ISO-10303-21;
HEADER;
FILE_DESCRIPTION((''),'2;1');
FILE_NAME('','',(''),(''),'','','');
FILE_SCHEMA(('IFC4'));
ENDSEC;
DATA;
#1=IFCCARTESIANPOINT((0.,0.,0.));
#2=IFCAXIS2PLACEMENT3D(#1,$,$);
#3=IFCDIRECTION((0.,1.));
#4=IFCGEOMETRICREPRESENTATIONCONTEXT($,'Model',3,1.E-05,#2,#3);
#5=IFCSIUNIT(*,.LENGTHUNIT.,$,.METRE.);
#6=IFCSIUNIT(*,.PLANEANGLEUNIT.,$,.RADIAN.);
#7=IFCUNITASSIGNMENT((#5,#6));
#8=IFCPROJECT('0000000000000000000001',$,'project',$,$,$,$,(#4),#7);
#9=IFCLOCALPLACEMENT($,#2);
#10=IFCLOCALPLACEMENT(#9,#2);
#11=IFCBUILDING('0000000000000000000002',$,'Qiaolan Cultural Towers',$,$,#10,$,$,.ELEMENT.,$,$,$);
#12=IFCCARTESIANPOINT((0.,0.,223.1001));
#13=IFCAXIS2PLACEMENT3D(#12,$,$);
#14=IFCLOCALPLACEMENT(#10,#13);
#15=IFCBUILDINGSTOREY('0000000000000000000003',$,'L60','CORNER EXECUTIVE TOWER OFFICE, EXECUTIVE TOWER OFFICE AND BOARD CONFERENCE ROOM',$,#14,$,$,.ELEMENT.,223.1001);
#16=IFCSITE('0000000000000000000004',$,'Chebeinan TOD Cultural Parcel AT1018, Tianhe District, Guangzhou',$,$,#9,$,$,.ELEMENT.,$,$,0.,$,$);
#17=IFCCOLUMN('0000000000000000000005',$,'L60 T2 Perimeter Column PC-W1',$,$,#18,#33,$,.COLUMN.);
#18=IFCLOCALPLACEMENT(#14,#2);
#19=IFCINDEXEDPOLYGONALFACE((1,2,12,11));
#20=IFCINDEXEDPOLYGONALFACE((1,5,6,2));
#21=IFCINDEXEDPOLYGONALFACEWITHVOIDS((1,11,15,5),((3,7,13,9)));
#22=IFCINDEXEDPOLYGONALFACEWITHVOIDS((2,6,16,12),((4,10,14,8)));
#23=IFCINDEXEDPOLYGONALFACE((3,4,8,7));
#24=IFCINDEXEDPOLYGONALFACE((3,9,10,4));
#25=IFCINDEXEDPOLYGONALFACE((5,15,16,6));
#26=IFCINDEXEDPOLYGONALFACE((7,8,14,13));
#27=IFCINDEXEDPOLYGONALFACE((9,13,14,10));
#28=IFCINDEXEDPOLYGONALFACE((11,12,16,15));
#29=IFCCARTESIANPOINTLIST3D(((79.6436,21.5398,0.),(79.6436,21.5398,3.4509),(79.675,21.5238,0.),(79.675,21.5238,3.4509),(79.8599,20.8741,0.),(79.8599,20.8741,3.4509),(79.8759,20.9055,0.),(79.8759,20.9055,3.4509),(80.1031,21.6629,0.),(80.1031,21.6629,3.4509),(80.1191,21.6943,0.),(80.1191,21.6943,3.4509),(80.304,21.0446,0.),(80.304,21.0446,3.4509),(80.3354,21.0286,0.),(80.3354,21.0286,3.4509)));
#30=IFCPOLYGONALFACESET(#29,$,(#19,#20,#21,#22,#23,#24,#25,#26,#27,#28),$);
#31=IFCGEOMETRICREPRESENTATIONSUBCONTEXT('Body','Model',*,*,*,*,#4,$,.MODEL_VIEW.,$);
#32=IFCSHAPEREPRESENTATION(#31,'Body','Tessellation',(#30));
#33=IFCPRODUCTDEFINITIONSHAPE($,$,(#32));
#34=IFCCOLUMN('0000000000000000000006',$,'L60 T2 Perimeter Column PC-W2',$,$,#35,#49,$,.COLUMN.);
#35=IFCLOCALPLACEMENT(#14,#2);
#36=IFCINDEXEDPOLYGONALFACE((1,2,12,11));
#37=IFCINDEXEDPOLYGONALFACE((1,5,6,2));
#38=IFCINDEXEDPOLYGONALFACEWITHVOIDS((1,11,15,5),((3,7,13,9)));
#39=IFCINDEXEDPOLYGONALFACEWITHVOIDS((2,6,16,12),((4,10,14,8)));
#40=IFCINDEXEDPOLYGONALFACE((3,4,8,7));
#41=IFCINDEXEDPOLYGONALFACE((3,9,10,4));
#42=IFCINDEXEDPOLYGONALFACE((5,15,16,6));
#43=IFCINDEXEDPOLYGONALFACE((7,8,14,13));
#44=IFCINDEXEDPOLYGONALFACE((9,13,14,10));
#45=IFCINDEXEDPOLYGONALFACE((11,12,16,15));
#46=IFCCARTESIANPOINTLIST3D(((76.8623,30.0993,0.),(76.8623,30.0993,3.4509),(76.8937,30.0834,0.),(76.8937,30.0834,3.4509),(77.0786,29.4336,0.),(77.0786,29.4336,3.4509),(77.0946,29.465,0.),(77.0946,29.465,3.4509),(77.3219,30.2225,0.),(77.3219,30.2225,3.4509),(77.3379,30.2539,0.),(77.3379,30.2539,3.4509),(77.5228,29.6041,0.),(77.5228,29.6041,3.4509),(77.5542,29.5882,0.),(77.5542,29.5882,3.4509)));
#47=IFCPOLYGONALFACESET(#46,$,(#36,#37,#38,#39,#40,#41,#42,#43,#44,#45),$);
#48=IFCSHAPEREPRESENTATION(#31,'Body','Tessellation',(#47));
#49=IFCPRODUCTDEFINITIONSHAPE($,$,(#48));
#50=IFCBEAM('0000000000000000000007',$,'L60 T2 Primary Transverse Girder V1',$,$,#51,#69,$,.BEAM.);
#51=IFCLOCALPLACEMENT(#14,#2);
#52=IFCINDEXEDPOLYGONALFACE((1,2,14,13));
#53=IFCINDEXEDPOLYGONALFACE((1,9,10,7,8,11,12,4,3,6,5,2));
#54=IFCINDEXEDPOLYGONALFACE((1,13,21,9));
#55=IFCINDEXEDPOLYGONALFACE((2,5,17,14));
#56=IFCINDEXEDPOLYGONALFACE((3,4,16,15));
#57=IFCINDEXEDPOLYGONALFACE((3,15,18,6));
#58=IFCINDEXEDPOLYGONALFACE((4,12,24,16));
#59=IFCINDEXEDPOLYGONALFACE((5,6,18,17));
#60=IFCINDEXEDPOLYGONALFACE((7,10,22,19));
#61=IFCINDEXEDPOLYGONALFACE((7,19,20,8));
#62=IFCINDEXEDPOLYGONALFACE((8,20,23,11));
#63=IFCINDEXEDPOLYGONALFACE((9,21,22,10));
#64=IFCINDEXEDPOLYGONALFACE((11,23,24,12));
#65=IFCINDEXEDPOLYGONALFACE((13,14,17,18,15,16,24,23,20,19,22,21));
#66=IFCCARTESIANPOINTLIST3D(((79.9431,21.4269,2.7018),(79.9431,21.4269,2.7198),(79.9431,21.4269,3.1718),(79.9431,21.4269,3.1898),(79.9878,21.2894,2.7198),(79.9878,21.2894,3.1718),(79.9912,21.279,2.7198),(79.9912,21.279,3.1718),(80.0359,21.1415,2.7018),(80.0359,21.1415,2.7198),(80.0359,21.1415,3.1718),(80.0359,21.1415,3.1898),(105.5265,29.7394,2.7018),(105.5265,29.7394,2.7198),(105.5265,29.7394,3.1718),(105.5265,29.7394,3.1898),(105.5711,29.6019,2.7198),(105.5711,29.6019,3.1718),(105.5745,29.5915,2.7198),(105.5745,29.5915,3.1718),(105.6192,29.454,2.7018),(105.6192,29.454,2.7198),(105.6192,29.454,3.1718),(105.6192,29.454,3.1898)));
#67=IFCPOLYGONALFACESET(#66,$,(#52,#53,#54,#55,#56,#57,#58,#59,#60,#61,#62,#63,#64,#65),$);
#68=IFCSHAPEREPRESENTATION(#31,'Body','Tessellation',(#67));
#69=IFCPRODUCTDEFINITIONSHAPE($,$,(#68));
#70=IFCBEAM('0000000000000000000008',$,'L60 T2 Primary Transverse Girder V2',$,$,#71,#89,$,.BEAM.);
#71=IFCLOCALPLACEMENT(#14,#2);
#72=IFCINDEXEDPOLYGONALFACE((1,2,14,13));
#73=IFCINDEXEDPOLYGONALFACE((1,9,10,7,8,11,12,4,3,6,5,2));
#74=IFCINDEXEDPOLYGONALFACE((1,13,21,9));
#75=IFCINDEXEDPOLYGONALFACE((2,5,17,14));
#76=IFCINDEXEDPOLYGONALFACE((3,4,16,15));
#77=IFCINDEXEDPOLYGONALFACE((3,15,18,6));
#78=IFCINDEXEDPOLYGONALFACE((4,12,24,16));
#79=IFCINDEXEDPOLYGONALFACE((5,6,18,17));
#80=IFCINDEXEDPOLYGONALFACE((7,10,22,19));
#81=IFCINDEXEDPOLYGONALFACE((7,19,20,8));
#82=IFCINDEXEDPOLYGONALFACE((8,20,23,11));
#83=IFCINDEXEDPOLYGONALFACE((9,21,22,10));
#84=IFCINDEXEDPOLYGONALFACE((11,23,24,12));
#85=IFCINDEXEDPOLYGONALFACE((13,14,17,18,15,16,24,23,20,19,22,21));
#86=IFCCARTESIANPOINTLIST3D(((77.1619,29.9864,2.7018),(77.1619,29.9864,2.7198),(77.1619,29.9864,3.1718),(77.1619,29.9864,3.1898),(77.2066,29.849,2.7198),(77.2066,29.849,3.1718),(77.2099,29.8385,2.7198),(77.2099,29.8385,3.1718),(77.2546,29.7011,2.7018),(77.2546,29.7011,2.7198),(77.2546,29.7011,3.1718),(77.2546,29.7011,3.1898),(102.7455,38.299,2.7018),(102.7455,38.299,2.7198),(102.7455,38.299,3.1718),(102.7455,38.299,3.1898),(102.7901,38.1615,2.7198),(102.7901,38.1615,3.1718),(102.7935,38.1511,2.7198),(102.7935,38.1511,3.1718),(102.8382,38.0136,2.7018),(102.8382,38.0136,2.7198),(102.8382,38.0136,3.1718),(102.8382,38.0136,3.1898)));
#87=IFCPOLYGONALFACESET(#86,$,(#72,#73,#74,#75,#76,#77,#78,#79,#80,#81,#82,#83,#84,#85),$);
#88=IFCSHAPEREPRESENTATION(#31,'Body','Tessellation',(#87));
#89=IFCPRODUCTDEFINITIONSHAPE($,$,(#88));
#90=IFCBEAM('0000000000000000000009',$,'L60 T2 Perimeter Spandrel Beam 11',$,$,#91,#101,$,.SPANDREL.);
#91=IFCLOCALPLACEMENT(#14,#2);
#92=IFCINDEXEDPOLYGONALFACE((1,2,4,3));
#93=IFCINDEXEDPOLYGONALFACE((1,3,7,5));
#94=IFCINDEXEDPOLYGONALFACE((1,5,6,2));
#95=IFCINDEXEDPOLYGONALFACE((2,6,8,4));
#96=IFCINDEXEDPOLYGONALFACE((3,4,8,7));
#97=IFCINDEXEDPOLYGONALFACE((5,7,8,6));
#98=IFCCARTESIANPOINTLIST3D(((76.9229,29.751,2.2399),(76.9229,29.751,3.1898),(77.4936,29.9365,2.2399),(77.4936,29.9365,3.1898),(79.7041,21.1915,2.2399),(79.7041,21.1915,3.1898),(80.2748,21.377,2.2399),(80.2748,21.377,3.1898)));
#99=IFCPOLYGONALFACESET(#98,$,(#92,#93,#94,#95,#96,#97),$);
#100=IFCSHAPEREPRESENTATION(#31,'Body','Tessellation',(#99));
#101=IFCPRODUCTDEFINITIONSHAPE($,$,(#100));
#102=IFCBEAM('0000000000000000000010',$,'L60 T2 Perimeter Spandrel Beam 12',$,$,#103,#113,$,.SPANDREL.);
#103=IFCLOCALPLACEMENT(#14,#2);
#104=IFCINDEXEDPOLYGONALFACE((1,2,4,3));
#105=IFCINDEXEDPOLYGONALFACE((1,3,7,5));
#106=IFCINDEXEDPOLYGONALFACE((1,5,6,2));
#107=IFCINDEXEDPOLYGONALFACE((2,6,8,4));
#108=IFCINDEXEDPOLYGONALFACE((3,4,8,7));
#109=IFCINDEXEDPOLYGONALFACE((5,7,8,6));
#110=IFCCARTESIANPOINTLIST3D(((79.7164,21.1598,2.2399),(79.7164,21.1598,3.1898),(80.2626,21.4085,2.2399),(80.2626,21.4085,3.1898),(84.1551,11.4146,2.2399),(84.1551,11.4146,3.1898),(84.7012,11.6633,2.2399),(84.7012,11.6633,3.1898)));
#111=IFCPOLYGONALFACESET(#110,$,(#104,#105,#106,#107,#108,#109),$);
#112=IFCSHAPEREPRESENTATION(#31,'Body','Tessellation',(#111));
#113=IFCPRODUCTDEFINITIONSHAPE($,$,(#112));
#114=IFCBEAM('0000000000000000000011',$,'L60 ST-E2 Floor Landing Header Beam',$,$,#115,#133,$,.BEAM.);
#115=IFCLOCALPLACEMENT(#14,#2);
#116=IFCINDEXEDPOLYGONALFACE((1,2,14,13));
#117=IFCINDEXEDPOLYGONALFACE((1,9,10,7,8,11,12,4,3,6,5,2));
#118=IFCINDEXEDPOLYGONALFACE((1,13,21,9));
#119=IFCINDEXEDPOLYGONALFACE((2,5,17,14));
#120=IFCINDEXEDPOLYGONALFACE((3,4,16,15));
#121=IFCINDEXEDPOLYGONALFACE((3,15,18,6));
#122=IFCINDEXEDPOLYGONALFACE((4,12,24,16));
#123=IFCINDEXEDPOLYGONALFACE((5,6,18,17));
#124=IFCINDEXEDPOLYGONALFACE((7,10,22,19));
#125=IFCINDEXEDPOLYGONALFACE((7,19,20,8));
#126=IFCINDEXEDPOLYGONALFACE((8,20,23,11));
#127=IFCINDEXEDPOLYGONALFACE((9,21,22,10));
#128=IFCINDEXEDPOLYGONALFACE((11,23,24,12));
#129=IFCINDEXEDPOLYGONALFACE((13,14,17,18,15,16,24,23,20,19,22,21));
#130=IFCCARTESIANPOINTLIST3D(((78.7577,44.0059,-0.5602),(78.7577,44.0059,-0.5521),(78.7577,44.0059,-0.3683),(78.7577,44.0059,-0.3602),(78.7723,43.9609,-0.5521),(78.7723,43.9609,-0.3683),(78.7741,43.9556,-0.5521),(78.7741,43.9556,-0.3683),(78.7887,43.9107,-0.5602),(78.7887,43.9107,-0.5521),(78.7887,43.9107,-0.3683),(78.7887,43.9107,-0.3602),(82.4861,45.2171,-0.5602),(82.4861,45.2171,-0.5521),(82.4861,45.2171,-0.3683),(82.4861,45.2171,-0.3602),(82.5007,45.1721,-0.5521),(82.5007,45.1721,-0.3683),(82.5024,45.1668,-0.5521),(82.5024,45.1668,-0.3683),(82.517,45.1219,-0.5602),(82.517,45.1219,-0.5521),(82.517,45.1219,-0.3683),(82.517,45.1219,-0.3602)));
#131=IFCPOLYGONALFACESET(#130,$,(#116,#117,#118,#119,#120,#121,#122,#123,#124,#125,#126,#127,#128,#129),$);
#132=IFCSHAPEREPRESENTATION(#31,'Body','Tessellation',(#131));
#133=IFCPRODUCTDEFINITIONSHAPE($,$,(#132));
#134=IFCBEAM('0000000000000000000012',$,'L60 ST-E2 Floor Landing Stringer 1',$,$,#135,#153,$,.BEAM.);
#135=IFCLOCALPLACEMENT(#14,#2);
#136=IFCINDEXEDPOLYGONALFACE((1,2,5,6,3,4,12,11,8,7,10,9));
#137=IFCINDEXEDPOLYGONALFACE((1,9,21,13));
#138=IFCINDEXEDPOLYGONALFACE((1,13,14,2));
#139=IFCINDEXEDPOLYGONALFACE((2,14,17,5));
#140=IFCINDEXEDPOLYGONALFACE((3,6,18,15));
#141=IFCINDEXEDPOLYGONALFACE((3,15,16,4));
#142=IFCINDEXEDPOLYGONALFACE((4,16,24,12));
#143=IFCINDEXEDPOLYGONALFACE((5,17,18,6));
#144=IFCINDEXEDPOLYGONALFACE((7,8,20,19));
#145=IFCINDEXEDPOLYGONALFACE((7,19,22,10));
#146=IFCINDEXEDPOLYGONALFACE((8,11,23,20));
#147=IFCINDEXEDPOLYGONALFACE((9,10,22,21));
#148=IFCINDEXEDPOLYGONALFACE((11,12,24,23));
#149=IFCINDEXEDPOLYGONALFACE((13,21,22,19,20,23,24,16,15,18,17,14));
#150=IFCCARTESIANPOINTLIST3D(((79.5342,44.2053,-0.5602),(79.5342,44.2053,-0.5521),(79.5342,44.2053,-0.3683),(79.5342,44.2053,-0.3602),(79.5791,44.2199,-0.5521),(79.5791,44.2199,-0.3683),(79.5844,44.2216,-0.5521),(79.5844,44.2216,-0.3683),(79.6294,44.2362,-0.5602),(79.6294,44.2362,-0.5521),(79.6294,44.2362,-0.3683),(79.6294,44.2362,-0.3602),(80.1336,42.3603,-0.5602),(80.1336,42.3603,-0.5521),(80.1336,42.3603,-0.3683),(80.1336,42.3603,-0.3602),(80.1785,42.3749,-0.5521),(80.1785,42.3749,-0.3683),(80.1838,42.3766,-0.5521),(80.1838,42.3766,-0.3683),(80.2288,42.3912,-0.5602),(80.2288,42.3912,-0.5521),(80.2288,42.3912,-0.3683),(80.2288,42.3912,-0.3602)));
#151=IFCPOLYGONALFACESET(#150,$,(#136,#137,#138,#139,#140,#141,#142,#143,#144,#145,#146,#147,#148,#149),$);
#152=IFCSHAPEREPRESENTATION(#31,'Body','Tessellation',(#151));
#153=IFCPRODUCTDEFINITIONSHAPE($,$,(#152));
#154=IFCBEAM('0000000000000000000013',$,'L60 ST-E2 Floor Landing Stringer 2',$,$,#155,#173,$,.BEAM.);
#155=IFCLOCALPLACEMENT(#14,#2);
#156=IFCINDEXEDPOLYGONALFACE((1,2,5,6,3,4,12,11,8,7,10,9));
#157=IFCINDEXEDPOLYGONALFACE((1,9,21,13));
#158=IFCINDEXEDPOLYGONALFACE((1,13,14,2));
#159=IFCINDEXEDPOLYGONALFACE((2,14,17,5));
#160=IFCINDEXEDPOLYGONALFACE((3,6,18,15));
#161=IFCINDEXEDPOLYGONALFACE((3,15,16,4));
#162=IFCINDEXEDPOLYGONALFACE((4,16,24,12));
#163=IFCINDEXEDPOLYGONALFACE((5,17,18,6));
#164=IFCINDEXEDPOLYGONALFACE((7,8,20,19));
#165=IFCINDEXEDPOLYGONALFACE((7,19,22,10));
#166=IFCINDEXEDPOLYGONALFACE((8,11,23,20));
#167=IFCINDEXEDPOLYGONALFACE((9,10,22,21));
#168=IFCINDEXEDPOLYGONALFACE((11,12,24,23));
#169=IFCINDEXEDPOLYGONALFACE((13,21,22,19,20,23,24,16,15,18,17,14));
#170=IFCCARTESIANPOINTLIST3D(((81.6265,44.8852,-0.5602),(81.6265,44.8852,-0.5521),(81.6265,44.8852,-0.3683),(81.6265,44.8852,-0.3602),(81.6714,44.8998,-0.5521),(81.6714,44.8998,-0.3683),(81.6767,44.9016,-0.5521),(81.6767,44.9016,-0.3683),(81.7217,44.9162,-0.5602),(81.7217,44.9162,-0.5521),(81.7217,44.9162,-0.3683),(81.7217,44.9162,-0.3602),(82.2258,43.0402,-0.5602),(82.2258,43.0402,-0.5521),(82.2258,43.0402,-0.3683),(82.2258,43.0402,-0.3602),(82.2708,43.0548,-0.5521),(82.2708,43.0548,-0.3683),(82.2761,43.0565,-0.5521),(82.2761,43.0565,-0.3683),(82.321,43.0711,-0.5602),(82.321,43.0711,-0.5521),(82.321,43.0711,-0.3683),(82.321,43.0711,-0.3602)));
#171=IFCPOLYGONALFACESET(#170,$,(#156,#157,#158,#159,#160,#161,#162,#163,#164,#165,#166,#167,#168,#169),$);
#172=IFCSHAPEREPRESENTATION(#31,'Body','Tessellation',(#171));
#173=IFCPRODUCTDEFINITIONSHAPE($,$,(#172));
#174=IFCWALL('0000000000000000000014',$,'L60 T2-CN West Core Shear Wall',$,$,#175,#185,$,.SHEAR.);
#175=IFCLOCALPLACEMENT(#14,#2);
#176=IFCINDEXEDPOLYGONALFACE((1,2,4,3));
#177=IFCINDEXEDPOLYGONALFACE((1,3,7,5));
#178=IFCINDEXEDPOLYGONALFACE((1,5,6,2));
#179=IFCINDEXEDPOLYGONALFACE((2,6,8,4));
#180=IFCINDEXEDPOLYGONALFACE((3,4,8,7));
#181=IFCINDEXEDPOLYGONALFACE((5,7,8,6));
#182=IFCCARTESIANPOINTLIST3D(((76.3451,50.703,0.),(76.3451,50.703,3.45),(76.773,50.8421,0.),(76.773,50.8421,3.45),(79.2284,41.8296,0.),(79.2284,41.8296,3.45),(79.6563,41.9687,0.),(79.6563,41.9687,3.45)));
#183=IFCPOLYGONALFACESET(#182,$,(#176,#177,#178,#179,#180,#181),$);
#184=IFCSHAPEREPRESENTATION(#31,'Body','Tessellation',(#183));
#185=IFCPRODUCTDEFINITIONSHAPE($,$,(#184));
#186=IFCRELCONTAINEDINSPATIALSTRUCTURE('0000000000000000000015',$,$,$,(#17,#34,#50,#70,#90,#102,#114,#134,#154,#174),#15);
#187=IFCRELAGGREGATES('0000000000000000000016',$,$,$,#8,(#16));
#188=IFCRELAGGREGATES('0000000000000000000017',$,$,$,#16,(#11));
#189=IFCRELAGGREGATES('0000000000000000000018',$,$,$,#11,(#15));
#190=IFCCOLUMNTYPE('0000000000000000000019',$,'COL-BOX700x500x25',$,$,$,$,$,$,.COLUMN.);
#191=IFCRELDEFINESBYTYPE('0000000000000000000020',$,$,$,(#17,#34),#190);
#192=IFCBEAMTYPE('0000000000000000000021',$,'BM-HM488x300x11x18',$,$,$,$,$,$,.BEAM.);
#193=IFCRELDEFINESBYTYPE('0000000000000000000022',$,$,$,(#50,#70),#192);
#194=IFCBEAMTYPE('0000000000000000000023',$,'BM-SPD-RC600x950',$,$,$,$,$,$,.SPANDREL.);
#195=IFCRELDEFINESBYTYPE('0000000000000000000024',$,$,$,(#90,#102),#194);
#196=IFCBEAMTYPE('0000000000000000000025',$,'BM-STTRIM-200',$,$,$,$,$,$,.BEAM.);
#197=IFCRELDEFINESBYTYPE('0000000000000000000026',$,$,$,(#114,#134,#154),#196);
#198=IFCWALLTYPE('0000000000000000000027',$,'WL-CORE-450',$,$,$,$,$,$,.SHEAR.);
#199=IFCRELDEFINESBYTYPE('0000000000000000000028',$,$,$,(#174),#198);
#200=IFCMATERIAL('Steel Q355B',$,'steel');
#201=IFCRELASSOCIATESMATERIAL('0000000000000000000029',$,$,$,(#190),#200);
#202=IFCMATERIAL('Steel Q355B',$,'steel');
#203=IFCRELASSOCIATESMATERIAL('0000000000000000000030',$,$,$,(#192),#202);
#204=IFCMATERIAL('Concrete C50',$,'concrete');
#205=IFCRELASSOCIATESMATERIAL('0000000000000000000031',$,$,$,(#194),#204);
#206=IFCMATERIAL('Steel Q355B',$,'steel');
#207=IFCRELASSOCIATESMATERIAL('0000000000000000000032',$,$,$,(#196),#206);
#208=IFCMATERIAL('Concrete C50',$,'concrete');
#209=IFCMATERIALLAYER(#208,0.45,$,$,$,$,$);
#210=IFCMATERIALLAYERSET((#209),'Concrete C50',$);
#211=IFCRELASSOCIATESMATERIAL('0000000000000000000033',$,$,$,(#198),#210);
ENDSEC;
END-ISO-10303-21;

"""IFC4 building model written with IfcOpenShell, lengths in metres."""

from ifc_helpers import new_model, si_unit, direction, frame, frame_2d, origin, origin_2d, place, context, subcontext, project, spatial, rectangle, hollow_rectangle, i_section, extrude, material, layer, layer_set, material_profile, profile_set, type_object, element, save


model = new_model("IFC4")

# Units and contexts
model_context = context("Model", 3, precision=1e-05, world=origin(), true_north=direction((0.0, 1.0)))
body_context = subcontext(model_context, "Body", "Model", "MODEL_VIEW")
ifc_project = project(units=[si_unit("LENGTHUNIT", "METRE"), si_unit("PLANEANGLEUNIT", "RADIAN")], contexts=[model_context])

# Site, building, storey
site_placement = place(None, origin())
site = spatial("IfcSite", under=ifc_project, at=site_placement, Name="Chebeinan TOD Cultural Parcel AT1018, Tianhe District, Guangzhou", CompositionType="ELEMENT", RefElevation=0.0)
building_placement = place(site_placement, origin())
building = spatial("IfcBuilding", under=site, at=building_placement, Name="Qiaolan Cultural Towers", CompositionType="ELEMENT")
storey_placement = place(building_placement, frame((0.0, 0.0, 223.1001)))
storey = spatial("IfcBuildingStorey", under=building, at=storey_placement, Name="L60", Description="CORNER EXECUTIVE TOWER OFFICE, EXECUTIVE TOWER OFFICE AND BOARD CONFERENCE ROOM", CompositionType="ELEMENT", Elevation=223.1001)

# Columns
ifc_material_1 = material(Name="Steel Q355B", Category="steel")
ifc_material_profile_1 = material_profile(ifc_material_1, hollow_rectangle(XDim=0.5, YDim=0.7, WallThickness=0.0249, at=origin_2d()), Name="BOX700x500x25")
ifc_profile_set_1 = profile_set([ifc_material_profile_1], Name="Steel Q355B")
column_type = type_object("IfcColumnType", Name="COL-BOX700x500x25", PredefinedType="COLUMN", material=ifc_profile_set_1)
for number, where, z_axis, x_axis, name in (
    (1, (79.9895, 21.2842, 0.0), (0.0, 0.0, 1.0), (0.951057, 0.309017, 0.0), "L60 T2 Perimeter Column PC-W1"),
    (2, (77.2083, 29.8438, 0.0), (0.0, 0.0, 1.0), (0.951057, 0.309017, 0.0), "L60 T2 Perimeter Column PC-W2"),
):
    element("IfcColumn", number, at=place(storey_placement, frame(where, z_axis=z_axis, x_axis=x_axis)), inside=storey, type_object=column_type, Name=name, PredefinedType="COLUMN", context=body_context, shape_type="SweptSolid", body=[
        extrude(hollow_rectangle(XDim=0.5, YDim=0.7, WallThickness=0.0249, at=origin_2d()), origin(), (0.0, 0.0, 1.0), 3.4509),
    ])

# Beams
ifc_material_2 = material(Name="Steel Q355B", Category="steel")
ifc_material_profile_2 = material_profile(ifc_material_2, i_section(OverallWidth=0.3, OverallDepth=0.488, WebThickness=0.011, FlangeThickness=0.0181, at=origin_2d()), Name="HM488x300x11x18")
ifc_profile_set_2 = profile_set([ifc_material_profile_2], Name="Steel Q355B")
beam_type_1 = type_object("IfcBeamType", Name="BM-HM488x300x11x18", PredefinedType="BEAM", material=ifc_profile_set_2)
beam_1_placement = place(storey_placement, frame((79.9895, 21.2842, 2.9458), z_axis=(0.951057, 0.309017, 0.0), x_axis=(-0.309017, 0.951057, 0.0)))
element("IfcBeam", 3, at=beam_1_placement, inside=storey, type_object=beam_type_1, Name="L60 T2 Primary Transverse Girder V1", PredefinedType="BEAM", context=body_context, shape_type="SweptSolid", body=[
    extrude(i_section(OverallWidth=0.3, OverallDepth=0.488, WebThickness=0.011, FlangeThickness=0.0181, at=origin_2d()), origin(), (0.0, 0.0, 1.0), 26.8999),
])
beam_2_placement = place(storey_placement, frame((77.2083, 29.8438, 2.9458), z_axis=(0.951057, 0.309014, 0.0), x_axis=(-0.309014, 0.951057, 0.0)))
element("IfcBeam", 4, at=beam_2_placement, inside=storey, type_object=beam_type_1, Name="L60 T2 Primary Transverse Girder V2", PredefinedType="BEAM", context=body_context, shape_type="SweptSolid", body=[
    extrude(i_section(OverallWidth=0.3, OverallDepth=0.488, WebThickness=0.011, FlangeThickness=0.0181, at=origin_2d()), origin(), (0.0, 0.0, 1.0), 26.9001),
])
ifc_material_3 = material(Name="Concrete C50", Category="concrete")
ifc_material_profile_3 = material_profile(ifc_material_3, rectangle(XDim=0.6001, YDim=0.95, at=origin_2d()), Name="RC600x950")
ifc_profile_set_3 = profile_set([ifc_material_profile_3], Name="Concrete C50")
beam_type_2 = type_object("IfcBeamType", Name="BM-SPD-RC600x950", PredefinedType="SPANDREL", material=ifc_profile_set_3)
beam_3_placement = place(storey_placement, frame((77.2083, 29.8438, 2.7148), z_axis=(0.309025, -0.951054, 0.0), x_axis=(0.951054, 0.309025, 0.0)))
element("IfcBeam", 5, at=beam_3_placement, inside=storey, type_object=beam_type_2, Name="L60 T2 Perimeter Spandrel Beam 11", PredefinedType="SPANDREL", context=body_context, shape_type="SweptSolid", body=[
    extrude(rectangle(XDim=0.6001, YDim=0.95, at=origin_2d()), origin(), (0.0, 0.0, 1.0), 9.0),
])
beam_4_placement = place(storey_placement, frame((79.9895, 21.2842, 2.7148), z_axis=(0.4145, -0.910049, 0.0), x_axis=(0.910049, 0.4145, 0.0)))
element("IfcBeam", 6, at=beam_4_placement, inside=storey, type_object=beam_type_2, Name="L60 T2 Perimeter Spandrel Beam 12", PredefinedType="SPANDREL", context=body_context, shape_type="SweptSolid", body=[
    extrude(rectangle(XDim=0.6001, YDim=0.95, at=origin_2d()), origin(), (0.0, 0.0, 1.0), 10.7085),
])
ifc_material_4 = material(Name="Steel Q355B", Category="steel")
ifc_material_profile_4 = material_profile(ifc_material_4, i_section(OverallWidth=0.1001, OverallDepth=0.2, WebThickness=0.0056, FlangeThickness=0.0081, at=origin_2d()), Name="HN200x100x5.5x8")
ifc_profile_set_4 = profile_set([ifc_material_profile_4], Name="Steel Q355B")
beam_type_3 = type_object("IfcBeamType", Name="BM-STTRIM-200", PredefinedType="BEAM", material=ifc_profile_set_4)
beam_5_placement = place(storey_placement, frame((78.7732, 43.9583, -0.4602), z_axis=(0.951072, 0.308969, 0.0), x_axis=(-0.308969, 0.951072, 0.0)))
element("IfcBeam", 7, at=beam_5_placement, inside=storey, type_object=beam_type_3, Name="L60 ST-E2 Floor Landing Header Beam", PredefinedType="BEAM", context=body_context, shape_type="SweptSolid", body=[
    extrude(i_section(OverallWidth=0.1001, OverallDepth=0.2, WebThickness=0.0056, FlangeThickness=0.0081, at=origin_2d()), origin(), (0.0, 0.0, 1.0), 3.9202),
])
for number, where, z_axis, x_axis, name in (
    (8, (80.1812, 42.3757, -0.4602), (-0.308969, 0.951072, 0.0), (-0.951072, -0.308969, 0.0), "L60 ST-E2 Floor Landing Stringer 1"),
    (9, (82.2734, 43.0557, -0.4602), (-0.308969, 0.951072, 0.0), (-0.951072, -0.308969, 0.0), "L60 ST-E2 Floor Landing Stringer 2"),
):
    element("IfcBeam", number, at=place(storey_placement, frame(where, z_axis=z_axis, x_axis=x_axis)), inside=storey, type_object=beam_type_3, Name=name, PredefinedType="BEAM", context=body_context, shape_type="SweptSolid", body=[
        extrude(i_section(OverallWidth=0.1001, OverallDepth=0.2, WebThickness=0.0056, FlangeThickness=0.0081, at=origin_2d()), origin(), (0.0, 0.0, 1.0), 1.9399),
    ])

# Wall
ifc_material_5 = material(Name="Concrete C50", Category="concrete")
ifc_layer_1 = layer(ifc_material_5, 0.45)
ifc_layer_set_1 = layer_set([ifc_layer_1], Name="Concrete C50")
wall_type_1 = type_object("IfcWallType", Name="WL-CORE-450", PredefinedType="SHEAR", material=ifc_layer_set_1)
wall_1_placement = place(storey_placement, frame((79.4424, 41.8992, 0.0), z_axis=(0.0, 0.0, 1.0), x_axis=(-0.309036, 0.95105, 0.0)))
element("IfcWall", 10, at=wall_1_placement, inside=storey, type_object=wall_type_1, Name="L60 T2-CN West Core Shear Wall", PredefinedType="SHEAR", context=body_context, shape_type="SweptSolid", body=[
    extrude(rectangle(XDim=9.3301, YDim=0.45, at=frame_2d((4.665, 0.0))), origin(), (0.0, 0.0, 1.0), 3.45),
])

save(model, "model.ifc")
